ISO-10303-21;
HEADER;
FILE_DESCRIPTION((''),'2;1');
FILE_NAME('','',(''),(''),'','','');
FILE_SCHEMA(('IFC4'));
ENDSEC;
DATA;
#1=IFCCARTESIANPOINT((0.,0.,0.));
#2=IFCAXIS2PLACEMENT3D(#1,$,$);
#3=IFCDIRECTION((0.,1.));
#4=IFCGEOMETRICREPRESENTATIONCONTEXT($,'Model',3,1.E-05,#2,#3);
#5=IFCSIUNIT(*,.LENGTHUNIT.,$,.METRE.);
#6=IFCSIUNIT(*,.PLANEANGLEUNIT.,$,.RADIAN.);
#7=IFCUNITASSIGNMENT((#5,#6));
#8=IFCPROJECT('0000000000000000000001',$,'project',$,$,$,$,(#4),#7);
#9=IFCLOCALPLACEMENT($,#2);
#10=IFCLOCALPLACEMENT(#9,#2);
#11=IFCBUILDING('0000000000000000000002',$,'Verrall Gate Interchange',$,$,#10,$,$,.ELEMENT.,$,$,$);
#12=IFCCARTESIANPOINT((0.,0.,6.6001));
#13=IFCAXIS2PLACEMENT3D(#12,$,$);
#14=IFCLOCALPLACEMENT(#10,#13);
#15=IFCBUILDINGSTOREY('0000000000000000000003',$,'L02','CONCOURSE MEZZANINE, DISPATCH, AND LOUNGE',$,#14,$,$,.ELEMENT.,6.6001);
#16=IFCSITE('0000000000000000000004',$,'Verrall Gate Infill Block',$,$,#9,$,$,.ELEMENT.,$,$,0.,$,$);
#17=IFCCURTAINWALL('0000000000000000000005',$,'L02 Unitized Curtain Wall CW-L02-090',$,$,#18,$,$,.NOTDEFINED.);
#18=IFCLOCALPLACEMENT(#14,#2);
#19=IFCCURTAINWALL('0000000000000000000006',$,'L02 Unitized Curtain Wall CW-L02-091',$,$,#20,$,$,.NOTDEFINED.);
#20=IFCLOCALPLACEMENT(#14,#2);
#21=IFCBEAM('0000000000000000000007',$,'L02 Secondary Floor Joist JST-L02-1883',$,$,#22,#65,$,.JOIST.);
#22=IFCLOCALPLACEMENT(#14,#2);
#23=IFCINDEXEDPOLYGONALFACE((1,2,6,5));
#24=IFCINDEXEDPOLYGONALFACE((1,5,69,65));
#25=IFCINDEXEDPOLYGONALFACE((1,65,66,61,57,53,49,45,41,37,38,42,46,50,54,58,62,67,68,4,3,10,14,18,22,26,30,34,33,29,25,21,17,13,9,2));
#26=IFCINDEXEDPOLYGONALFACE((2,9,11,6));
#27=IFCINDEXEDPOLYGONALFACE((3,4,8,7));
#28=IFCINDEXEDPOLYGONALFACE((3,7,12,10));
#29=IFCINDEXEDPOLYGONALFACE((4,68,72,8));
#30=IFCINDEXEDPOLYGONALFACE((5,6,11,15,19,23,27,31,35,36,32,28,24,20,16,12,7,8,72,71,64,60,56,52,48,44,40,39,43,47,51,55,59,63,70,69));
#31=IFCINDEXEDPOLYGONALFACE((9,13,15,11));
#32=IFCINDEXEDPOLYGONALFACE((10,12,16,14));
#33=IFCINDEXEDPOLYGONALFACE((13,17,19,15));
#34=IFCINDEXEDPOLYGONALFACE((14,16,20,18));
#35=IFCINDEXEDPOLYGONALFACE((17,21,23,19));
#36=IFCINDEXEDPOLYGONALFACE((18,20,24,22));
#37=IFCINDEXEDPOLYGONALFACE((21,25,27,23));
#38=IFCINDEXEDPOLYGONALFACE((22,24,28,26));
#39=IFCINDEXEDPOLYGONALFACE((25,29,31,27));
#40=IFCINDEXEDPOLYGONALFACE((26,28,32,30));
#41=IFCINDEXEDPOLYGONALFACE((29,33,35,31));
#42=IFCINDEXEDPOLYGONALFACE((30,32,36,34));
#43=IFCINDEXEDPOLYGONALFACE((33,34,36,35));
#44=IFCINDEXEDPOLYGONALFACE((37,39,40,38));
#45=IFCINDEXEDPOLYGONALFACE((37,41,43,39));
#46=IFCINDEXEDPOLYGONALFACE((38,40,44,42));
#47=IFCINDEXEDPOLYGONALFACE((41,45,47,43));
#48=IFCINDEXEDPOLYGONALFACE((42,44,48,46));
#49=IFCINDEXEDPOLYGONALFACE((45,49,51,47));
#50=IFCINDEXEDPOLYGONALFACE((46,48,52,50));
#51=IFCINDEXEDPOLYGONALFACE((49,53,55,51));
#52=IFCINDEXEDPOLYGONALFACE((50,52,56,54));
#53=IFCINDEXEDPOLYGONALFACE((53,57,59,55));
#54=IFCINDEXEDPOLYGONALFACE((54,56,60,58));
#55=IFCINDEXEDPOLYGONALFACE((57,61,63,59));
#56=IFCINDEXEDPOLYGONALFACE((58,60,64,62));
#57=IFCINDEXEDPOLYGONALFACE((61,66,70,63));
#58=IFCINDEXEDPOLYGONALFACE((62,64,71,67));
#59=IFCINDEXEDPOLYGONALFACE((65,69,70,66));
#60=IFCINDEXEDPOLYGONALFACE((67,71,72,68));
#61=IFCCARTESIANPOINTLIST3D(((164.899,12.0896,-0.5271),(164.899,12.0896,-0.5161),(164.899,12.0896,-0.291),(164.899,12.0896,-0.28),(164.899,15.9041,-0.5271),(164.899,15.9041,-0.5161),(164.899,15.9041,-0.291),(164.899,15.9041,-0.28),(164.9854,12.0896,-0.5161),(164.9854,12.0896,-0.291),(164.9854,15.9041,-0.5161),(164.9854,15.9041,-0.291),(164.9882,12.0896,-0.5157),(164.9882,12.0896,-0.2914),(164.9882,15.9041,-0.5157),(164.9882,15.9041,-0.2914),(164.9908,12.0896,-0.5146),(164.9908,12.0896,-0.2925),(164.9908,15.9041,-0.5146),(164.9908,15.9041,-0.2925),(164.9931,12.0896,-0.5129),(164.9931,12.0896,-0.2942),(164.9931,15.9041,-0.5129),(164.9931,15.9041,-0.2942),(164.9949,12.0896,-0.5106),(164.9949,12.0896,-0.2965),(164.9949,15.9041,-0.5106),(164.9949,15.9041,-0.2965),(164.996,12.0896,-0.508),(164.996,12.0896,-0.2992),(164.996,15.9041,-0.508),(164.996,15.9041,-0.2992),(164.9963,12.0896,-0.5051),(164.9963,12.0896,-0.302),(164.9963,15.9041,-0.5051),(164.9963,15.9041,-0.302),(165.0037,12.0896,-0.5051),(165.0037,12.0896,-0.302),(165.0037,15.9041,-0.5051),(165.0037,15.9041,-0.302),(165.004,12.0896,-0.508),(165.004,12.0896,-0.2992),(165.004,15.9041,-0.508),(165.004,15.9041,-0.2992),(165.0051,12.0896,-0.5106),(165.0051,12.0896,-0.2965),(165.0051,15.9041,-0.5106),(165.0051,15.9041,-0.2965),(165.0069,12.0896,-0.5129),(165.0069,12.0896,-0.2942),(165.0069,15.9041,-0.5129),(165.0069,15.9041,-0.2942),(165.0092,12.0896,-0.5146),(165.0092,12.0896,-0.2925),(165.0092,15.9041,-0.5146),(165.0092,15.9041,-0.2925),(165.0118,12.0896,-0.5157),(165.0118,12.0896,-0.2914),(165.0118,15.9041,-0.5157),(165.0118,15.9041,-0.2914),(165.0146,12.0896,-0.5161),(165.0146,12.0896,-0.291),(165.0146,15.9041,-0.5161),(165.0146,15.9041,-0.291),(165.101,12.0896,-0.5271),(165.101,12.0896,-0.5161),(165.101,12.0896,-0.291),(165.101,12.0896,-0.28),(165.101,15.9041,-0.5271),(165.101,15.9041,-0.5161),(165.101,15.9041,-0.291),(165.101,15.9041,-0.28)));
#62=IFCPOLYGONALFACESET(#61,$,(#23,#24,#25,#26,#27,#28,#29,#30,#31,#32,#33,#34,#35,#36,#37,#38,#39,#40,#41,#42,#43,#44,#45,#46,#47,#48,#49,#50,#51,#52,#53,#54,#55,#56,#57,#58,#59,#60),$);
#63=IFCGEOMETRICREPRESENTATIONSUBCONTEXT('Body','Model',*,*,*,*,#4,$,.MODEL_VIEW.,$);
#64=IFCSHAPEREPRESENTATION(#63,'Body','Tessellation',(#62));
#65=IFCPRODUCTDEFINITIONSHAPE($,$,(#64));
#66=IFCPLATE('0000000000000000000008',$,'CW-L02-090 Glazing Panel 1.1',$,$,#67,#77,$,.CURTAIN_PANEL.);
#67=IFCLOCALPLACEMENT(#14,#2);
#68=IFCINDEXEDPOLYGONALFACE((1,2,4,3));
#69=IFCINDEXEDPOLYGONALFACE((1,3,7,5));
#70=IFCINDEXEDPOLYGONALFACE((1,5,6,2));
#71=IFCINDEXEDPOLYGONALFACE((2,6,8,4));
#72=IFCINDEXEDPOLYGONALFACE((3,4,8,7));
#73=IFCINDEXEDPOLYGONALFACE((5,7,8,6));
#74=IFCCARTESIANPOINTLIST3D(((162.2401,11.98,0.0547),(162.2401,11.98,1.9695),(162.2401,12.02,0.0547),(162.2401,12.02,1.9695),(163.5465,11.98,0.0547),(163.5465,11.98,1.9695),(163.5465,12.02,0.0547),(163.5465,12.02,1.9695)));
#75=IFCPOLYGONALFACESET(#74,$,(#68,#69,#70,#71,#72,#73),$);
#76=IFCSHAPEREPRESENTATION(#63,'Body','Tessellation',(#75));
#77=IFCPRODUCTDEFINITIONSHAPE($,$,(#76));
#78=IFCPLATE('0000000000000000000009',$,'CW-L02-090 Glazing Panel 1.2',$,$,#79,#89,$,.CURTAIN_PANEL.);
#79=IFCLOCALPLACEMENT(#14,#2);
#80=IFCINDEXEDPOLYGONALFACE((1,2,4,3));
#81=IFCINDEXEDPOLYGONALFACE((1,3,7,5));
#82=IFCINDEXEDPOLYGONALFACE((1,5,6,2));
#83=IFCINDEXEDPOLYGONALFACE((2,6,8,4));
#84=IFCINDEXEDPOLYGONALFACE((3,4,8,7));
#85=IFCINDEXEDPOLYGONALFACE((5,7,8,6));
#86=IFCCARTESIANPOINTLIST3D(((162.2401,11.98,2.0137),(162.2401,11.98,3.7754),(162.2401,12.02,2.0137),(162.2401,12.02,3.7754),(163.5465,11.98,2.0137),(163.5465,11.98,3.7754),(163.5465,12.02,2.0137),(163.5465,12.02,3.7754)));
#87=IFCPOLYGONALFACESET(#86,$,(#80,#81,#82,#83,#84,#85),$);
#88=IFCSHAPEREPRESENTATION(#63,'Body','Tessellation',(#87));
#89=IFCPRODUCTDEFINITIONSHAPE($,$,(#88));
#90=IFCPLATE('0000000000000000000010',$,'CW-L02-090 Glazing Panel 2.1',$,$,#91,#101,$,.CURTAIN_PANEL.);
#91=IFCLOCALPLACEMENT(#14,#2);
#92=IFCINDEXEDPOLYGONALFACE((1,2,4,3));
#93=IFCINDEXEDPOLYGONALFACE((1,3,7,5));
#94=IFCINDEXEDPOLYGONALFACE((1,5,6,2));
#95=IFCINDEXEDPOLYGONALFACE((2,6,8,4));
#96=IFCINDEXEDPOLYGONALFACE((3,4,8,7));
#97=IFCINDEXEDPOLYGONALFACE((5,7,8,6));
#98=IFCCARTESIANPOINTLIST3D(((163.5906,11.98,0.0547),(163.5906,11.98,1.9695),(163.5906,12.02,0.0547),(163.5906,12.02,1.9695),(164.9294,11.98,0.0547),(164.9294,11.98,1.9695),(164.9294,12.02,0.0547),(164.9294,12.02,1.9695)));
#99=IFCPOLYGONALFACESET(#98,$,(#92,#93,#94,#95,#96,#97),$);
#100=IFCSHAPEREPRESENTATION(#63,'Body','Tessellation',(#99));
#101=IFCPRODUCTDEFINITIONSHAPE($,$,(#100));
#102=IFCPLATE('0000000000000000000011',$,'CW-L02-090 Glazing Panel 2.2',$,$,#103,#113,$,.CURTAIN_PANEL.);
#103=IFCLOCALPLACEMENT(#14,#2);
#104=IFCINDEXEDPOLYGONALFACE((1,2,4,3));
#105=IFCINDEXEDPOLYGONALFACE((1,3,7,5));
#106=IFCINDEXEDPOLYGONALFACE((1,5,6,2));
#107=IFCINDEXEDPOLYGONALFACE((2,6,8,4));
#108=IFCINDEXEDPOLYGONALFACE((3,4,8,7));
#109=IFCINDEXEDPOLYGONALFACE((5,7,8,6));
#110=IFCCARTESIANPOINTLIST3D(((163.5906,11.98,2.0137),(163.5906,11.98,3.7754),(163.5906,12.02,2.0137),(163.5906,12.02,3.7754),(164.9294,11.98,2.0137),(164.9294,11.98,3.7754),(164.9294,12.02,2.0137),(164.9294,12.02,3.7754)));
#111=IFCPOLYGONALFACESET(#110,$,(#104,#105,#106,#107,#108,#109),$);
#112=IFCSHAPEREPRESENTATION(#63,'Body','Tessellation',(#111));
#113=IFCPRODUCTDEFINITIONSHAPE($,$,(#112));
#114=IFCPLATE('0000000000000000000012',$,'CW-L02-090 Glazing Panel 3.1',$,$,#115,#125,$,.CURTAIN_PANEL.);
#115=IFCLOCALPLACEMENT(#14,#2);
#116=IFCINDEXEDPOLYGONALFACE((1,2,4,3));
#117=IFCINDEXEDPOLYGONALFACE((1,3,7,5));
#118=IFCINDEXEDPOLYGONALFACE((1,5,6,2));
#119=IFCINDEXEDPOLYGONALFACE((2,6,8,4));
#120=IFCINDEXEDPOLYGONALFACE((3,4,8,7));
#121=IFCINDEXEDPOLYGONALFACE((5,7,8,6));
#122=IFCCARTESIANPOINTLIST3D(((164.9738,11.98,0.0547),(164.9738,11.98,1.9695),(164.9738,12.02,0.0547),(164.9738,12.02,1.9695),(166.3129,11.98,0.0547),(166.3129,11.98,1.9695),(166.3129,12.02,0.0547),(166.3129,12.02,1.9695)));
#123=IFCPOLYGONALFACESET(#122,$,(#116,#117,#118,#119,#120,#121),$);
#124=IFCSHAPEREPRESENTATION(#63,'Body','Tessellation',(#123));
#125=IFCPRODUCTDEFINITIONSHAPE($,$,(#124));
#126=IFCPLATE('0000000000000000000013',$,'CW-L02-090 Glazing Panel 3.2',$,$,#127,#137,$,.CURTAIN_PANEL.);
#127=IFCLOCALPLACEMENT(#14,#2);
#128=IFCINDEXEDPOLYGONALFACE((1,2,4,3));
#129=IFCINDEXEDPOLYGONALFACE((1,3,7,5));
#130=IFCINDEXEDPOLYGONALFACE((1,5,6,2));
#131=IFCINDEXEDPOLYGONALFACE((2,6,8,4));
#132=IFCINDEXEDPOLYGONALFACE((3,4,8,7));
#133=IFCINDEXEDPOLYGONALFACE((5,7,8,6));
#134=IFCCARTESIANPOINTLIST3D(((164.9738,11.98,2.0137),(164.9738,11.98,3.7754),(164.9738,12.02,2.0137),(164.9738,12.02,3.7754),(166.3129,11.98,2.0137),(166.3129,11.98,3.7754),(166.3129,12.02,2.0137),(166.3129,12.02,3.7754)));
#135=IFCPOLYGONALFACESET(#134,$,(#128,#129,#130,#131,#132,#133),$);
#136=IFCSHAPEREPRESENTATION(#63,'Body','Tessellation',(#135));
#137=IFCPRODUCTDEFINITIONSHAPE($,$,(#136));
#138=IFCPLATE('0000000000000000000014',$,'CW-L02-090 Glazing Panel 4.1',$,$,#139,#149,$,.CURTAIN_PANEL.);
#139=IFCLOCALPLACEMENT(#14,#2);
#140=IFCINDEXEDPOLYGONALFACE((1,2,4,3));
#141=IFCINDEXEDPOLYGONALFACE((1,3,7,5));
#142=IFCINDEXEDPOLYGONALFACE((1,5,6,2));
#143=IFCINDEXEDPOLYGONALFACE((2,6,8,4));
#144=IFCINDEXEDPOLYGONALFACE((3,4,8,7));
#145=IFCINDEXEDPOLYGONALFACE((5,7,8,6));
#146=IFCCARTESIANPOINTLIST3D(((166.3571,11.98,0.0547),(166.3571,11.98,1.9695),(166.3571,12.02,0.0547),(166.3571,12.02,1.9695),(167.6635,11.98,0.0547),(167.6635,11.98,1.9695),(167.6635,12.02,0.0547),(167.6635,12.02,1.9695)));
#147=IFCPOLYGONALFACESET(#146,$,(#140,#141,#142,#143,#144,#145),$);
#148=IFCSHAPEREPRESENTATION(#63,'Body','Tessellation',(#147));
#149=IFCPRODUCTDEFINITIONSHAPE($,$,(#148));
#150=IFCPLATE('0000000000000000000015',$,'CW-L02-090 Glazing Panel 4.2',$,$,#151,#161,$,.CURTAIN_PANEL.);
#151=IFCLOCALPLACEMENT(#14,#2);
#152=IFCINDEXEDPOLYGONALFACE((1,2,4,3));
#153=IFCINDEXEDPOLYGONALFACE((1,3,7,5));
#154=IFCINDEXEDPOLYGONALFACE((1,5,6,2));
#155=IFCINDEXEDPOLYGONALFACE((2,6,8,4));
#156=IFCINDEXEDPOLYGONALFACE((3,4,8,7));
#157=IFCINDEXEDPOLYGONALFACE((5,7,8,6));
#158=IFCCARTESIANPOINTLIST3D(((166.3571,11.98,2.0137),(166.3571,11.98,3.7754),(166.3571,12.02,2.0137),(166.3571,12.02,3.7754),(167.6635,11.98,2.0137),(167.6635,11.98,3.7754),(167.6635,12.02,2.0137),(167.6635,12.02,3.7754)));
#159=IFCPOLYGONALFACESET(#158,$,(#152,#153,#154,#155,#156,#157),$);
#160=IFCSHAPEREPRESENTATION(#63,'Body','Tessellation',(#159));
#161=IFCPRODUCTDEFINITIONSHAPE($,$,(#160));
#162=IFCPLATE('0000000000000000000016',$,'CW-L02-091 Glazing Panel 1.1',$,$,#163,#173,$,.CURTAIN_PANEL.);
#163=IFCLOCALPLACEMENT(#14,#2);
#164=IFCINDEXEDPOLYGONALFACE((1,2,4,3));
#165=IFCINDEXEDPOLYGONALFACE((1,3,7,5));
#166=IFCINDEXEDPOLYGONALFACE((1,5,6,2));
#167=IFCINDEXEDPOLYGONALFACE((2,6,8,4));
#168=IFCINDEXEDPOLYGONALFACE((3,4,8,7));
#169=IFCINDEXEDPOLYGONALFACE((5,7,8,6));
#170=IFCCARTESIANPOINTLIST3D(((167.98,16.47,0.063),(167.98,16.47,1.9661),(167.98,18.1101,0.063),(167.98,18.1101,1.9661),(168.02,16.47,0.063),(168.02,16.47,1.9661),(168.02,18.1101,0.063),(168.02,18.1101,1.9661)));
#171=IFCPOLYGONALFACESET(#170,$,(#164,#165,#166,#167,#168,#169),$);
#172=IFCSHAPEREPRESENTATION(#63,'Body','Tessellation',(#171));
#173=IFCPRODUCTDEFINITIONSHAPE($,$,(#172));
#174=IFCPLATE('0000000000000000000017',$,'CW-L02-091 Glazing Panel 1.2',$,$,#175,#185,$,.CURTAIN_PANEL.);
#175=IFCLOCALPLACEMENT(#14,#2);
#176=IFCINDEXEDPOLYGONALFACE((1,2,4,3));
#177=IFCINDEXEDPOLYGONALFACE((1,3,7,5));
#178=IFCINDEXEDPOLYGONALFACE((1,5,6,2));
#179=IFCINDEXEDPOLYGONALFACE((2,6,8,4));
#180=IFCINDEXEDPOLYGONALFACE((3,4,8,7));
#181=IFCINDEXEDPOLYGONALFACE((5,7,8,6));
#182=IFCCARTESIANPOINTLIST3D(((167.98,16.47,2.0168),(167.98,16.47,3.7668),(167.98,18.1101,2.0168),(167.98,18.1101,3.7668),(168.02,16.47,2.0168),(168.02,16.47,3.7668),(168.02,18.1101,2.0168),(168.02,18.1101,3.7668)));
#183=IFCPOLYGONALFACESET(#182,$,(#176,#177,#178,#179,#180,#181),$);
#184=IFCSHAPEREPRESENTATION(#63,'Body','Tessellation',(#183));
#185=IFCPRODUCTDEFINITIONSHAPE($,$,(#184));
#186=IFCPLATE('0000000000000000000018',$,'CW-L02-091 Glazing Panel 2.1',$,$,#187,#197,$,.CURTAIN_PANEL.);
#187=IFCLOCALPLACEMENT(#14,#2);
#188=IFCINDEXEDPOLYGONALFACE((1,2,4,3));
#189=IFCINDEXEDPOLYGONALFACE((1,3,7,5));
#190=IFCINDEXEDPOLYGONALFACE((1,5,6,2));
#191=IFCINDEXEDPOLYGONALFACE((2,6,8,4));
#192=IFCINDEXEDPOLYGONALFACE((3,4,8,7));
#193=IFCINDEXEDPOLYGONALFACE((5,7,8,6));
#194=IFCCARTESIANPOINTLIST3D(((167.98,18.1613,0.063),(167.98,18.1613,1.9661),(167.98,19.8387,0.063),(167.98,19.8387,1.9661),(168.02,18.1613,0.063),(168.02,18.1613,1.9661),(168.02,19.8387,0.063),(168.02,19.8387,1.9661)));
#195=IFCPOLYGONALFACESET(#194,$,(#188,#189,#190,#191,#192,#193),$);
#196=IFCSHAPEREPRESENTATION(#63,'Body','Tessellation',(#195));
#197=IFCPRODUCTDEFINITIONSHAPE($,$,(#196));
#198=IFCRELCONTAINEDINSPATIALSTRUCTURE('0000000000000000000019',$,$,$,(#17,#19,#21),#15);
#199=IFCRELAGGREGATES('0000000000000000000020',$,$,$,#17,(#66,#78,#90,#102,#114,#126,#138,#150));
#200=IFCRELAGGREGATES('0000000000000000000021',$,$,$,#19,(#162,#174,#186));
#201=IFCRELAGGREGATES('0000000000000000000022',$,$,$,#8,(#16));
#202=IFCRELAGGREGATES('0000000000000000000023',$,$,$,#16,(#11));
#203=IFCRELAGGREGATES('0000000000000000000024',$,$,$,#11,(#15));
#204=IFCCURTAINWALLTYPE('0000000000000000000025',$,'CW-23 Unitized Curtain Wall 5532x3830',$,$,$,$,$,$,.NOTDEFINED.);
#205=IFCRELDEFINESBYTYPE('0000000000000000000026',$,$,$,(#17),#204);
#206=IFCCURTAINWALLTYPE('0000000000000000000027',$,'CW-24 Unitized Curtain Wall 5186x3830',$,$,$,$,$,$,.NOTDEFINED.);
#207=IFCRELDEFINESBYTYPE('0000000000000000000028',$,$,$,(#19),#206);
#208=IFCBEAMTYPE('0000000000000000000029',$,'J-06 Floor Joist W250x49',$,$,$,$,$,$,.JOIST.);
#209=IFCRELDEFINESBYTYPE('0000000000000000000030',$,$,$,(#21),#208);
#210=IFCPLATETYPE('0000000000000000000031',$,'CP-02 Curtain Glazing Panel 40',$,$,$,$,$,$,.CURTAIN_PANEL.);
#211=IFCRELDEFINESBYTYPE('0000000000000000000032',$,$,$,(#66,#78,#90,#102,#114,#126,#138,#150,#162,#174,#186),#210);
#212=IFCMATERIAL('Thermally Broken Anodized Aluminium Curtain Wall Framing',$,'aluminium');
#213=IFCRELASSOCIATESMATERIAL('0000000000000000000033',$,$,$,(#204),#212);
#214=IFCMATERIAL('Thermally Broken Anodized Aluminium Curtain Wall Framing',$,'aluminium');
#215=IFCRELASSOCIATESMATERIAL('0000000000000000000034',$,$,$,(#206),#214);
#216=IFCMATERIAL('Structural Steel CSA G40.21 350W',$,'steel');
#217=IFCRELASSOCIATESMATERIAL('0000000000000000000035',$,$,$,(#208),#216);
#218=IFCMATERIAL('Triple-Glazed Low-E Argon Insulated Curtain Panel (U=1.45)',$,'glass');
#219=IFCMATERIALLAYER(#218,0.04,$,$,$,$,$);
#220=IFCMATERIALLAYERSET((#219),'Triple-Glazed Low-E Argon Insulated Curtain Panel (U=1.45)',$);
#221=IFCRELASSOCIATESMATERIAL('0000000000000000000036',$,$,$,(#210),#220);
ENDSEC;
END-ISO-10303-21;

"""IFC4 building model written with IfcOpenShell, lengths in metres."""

from ifc_helpers import new_model, si_unit, direction, frame, origin, origin_2d, place, context, subcontext, project, spatial, rectangle, i_section, extrude, material, layer, layer_set, material_profile, profile_set, type_object, element, aggregate, save


model = new_model("IFC4")

# Units and contexts
model_context = context("Model", 3, precision=1e-05, world=origin(), true_north=direction((0.0, 1.0)))
body_context = subcontext(model_context, "Body", "Model", "MODEL_VIEW")
ifc_project = project(units=[si_unit("LENGTHUNIT", "METRE"), si_unit("PLANEANGLEUNIT", "RADIAN")], contexts=[model_context])

# Site, building, storey
site_placement = place(None, origin())
site = spatial("IfcSite", under=ifc_project, at=site_placement, Name="Verrall Gate Infill Block", CompositionType="ELEMENT", RefElevation=0.0)
building_placement = place(site_placement, origin())
building = spatial("IfcBuilding", under=site, at=building_placement, Name="Verrall Gate Interchange", CompositionType="ELEMENT")
storey_placement = place(building_placement, frame((0.0, 0.0, 6.6001)))
storey = spatial("IfcBuildingStorey", under=building, at=storey_placement, Name="L02", Description="CONCOURSE MEZZANINE, DISPATCH, AND LOUNGE", CompositionType="ELEMENT", Elevation=6.6001)

# Curtain walls
ifc_material_1 = material(Name="Thermally Broken Anodized Aluminium Curtain Wall Framing", Category="aluminium")
curtain_wall_type_1 = type_object("IfcCurtainWallType", Name="CW-23 Unitized Curtain Wall 5532x3830", PredefinedType="NOTDEFINED", material=ifc_material_1)
curtain_wall_1_placement = place(storey_placement, origin())
curtain_wall_1 = element("IfcCurtainWall", 1, at=curtain_wall_1_placement, inside=storey, type_object=curtain_wall_type_1, Name="L02 Unitized Curtain Wall CW-L02-090", PredefinedType="NOTDEFINED")
ifc_material_2 = material(Name="Thermally Broken Anodized Aluminium Curtain Wall Framing", Category="aluminium")
curtain_wall_type_2 = type_object("IfcCurtainWallType", Name="CW-24 Unitized Curtain Wall 5186x3830", PredefinedType="NOTDEFINED", material=ifc_material_2)
curtain_wall_2_placement = place(storey_placement, origin())
curtain_wall_2 = element("IfcCurtainWall", 2, at=curtain_wall_2_placement, inside=storey, type_object=curtain_wall_type_2, Name="L02 Unitized Curtain Wall CW-L02-091", PredefinedType="NOTDEFINED")

# Beam
ifc_material_3 = material(Name="Structural Steel CSA G40.21 350W", Category="steel")
ifc_material_profile_1 = material_profile(ifc_material_3, i_section(OverallWidth=0.2019, OverallDepth=0.2471, WebThickness=0.0073, FlangeThickness=0.011, FilletRadius=0.011, at=origin_2d()), Name="W250x49")
ifc_profile_set_1 = profile_set([ifc_material_profile_1], Name="Structural Steel CSA G40.21 350W")
beam_type_1 = type_object("IfcBeamType", Name="J-06 Floor Joist W250x49", PredefinedType="JOIST", material=ifc_profile_set_1)
beam_1_placement = place(storey_placement, frame((165.0, 12.0896, -0.4036), z_axis=(0.0, 1.0, 0.0), x_axis=(-1.0, 0.0, 0.0)))
element("IfcBeam", 3, at=beam_1_placement, inside=storey, type_object=beam_type_1, Name="L02 Secondary Floor Joist JST-L02-1883", PredefinedType="JOIST", context=body_context, shape_type="SweptSolid", body=[
    extrude(i_section(OverallWidth=0.2019, OverallDepth=0.2471, WebThickness=0.0073, FlangeThickness=0.011, FilletRadius=0.011, at=origin_2d()), origin(), (0.0, 0.0, 1.0), 3.8145),
])

# Plates
ifc_material_4 = material(Name="Triple-Glazed Low-E Argon Insulated Curtain Panel (U=1.45)", Category="glass")
ifc_layer_1 = layer(ifc_material_4, 0.04)
ifc_layer_set_1 = layer_set([ifc_layer_1], Name="Triple-Glazed Low-E Argon Insulated Curtain Panel (U=1.45)")
plate_type = type_object("IfcPlateType", Name="CP-02 Curtain Glazing Panel 40", PredefinedType="CURTAIN_PANEL", material=ifc_layer_set_1)
plate_1_placement = place(storey_placement, frame((162.8933, 12.0, 0.0547), z_axis=(0.0, 0.0, 1.0), x_axis=(1.0, 0.0, 0.0)))
plate_1 = element("IfcPlate", 4, at=plate_1_placement, type_object=plate_type, Name="CW-L02-090 Glazing Panel 1.1", PredefinedType="CURTAIN_PANEL", context=body_context, shape_type="SweptSolid", body=[
    extrude(rectangle(XDim=1.3064, YDim=0.04, at=origin_2d()), origin(), (0.0, 0.0, 1.0), 1.9148),
])
plate_2_placement = place(storey_placement, frame((162.8933, 12.0, 2.0137), z_axis=(0.0, 0.0, 1.0), x_axis=(1.0, 0.0, 0.0)))
plate_2 = element("IfcPlate", 5, at=plate_2_placement, type_object=plate_type, Name="CW-L02-090 Glazing Panel 1.2", PredefinedType="CURTAIN_PANEL", context=body_context, shape_type="SweptSolid", body=[
    extrude(rectangle(XDim=1.3064, YDim=0.04, at=origin_2d()), origin(), (0.0, 0.0, 1.0), 1.7617),
])
plate_3_placement = place(storey_placement, frame((164.26, 12.0, 0.0547), z_axis=(0.0, 0.0, 1.0), x_axis=(1.0, 0.0, 0.0)))
plate_3 = element("IfcPlate", 6, at=plate_3_placement, type_object=plate_type, Name="CW-L02-090 Glazing Panel 2.1", PredefinedType="CURTAIN_PANEL", context=body_context, shape_type="SweptSolid", body=[
    extrude(rectangle(XDim=1.3389, YDim=0.04, at=origin_2d()), origin(), (0.0, 0.0, 1.0), 1.9148),
])
plate_4_placement = place(storey_placement, frame((164.26, 12.0, 2.0137), z_axis=(0.0, 0.0, 1.0), x_axis=(1.0, 0.0, 0.0)))
plate_4 = element("IfcPlate", 7, at=plate_4_placement, type_object=plate_type, Name="CW-L02-090 Glazing Panel 2.2", PredefinedType="CURTAIN_PANEL", context=body_context, shape_type="SweptSolid", body=[
    extrude(rectangle(XDim=1.3389, YDim=0.04, at=origin_2d()), origin(), (0.0, 0.0, 1.0), 1.7617),
])
plate_5_placement = place(storey_placement, frame((165.6433, 12.0, 0.0547), z_axis=(0.0, 0.0, 1.0), x_axis=(1.0, 0.0, 0.0)))
plate_5 = element("IfcPlate", 8, at=plate_5_placement, type_object=plate_type, Name="CW-L02-090 Glazing Panel 3.1", PredefinedType="CURTAIN_PANEL", context=body_context, shape_type="SweptSolid", body=[
    extrude(rectangle(XDim=1.3391, YDim=0.04, at=origin_2d()), origin(), (0.0, 0.0, 1.0), 1.9148),
])
plate_6_placement = place(storey_placement, frame((165.6433, 12.0, 2.0137), z_axis=(0.0, 0.0, 1.0), x_axis=(1.0, 0.0, 0.0)))
plate_6 = element("IfcPlate", 9, at=plate_6_placement, type_object=plate_type, Name="CW-L02-090 Glazing Panel 3.2", PredefinedType="CURTAIN_PANEL", context=body_context, shape_type="SweptSolid", body=[
    extrude(rectangle(XDim=1.3391, YDim=0.04, at=origin_2d()), origin(), (0.0, 0.0, 1.0), 1.7617),
])
plate_7_placement = place(storey_placement, frame((167.0103, 12.0, 0.0547), z_axis=(0.0, 0.0, 1.0), x_axis=(1.0, 0.0, 0.0)))
plate_7 = element("IfcPlate", 10, at=plate_7_placement, type_object=plate_type, Name="CW-L02-090 Glazing Panel 4.1", PredefinedType="CURTAIN_PANEL", context=body_context, shape_type="SweptSolid", body=[
    extrude(rectangle(XDim=1.3064, YDim=0.04, at=origin_2d()), origin(), (0.0, 0.0, 1.0), 1.9148),
])
plate_8_placement = place(storey_placement, frame((167.0103, 12.0, 2.0137), z_axis=(0.0, 0.0, 1.0), x_axis=(1.0, 0.0, 0.0)))
plate_8 = element("IfcPlate", 11, at=plate_8_placement, type_object=plate_type, Name="CW-L02-090 Glazing Panel 4.2", PredefinedType="CURTAIN_PANEL", context=body_context, shape_type="SweptSolid", body=[
    extrude(rectangle(XDim=1.3064, YDim=0.04, at=origin_2d()), origin(), (0.0, 0.0, 1.0), 1.7617),
])
aggregate(curtain_wall_1, [plate_1, plate_2, plate_3, plate_4, plate_5, plate_6, plate_7, plate_8])
plate_9_placement = place(storey_placement, frame((168.0, 17.29, 0.063), z_axis=(0.0, 0.0, 1.0), x_axis=(0.0, 1.0, 0.0)))
plate_9 = element("IfcPlate", 12, at=plate_9_placement, type_object=plate_type, Name="CW-L02-091 Glazing Panel 1.1", PredefinedType="CURTAIN_PANEL", context=body_context, shape_type="SweptSolid", body=[
    extrude(rectangle(XDim=1.6401, YDim=0.04, at=origin_2d()), origin(), (0.0, 0.0, 1.0), 1.9031),
])
plate_10_placement = place(storey_placement, frame((168.0, 17.29, 2.0168), z_axis=(0.0, 0.0, 1.0), x_axis=(0.0, 1.0, 0.0)))
plate_10 = element("IfcPlate", 13, at=plate_10_placement, type_object=plate_type, Name="CW-L02-091 Glazing Panel 1.2", PredefinedType="CURTAIN_PANEL", context=body_context, shape_type="SweptSolid", body=[
    extrude(rectangle(XDim=1.6401, YDim=0.04, at=origin_2d()), origin(), (0.0, 0.0, 1.0), 1.75),
])
plate_11_placement = place(storey_placement, frame((168.0, 19.0, 0.063), z_axis=(0.0, 0.0, 1.0), x_axis=(0.0, 1.0, 0.0)))
plate_11 = element("IfcPlate", 14, at=plate_11_placement, type_object=plate_type, Name="CW-L02-091 Glazing Panel 2.1", PredefinedType="CURTAIN_PANEL", context=body_context, shape_type="SweptSolid", body=[
    extrude(rectangle(XDim=1.6775, YDim=0.04, at=origin_2d()), origin(), (0.0, 0.0, 1.0), 1.9031),
])
aggregate(curtain_wall_2, [plate_9, plate_10, plate_11])

save(model, "model.ifc")
